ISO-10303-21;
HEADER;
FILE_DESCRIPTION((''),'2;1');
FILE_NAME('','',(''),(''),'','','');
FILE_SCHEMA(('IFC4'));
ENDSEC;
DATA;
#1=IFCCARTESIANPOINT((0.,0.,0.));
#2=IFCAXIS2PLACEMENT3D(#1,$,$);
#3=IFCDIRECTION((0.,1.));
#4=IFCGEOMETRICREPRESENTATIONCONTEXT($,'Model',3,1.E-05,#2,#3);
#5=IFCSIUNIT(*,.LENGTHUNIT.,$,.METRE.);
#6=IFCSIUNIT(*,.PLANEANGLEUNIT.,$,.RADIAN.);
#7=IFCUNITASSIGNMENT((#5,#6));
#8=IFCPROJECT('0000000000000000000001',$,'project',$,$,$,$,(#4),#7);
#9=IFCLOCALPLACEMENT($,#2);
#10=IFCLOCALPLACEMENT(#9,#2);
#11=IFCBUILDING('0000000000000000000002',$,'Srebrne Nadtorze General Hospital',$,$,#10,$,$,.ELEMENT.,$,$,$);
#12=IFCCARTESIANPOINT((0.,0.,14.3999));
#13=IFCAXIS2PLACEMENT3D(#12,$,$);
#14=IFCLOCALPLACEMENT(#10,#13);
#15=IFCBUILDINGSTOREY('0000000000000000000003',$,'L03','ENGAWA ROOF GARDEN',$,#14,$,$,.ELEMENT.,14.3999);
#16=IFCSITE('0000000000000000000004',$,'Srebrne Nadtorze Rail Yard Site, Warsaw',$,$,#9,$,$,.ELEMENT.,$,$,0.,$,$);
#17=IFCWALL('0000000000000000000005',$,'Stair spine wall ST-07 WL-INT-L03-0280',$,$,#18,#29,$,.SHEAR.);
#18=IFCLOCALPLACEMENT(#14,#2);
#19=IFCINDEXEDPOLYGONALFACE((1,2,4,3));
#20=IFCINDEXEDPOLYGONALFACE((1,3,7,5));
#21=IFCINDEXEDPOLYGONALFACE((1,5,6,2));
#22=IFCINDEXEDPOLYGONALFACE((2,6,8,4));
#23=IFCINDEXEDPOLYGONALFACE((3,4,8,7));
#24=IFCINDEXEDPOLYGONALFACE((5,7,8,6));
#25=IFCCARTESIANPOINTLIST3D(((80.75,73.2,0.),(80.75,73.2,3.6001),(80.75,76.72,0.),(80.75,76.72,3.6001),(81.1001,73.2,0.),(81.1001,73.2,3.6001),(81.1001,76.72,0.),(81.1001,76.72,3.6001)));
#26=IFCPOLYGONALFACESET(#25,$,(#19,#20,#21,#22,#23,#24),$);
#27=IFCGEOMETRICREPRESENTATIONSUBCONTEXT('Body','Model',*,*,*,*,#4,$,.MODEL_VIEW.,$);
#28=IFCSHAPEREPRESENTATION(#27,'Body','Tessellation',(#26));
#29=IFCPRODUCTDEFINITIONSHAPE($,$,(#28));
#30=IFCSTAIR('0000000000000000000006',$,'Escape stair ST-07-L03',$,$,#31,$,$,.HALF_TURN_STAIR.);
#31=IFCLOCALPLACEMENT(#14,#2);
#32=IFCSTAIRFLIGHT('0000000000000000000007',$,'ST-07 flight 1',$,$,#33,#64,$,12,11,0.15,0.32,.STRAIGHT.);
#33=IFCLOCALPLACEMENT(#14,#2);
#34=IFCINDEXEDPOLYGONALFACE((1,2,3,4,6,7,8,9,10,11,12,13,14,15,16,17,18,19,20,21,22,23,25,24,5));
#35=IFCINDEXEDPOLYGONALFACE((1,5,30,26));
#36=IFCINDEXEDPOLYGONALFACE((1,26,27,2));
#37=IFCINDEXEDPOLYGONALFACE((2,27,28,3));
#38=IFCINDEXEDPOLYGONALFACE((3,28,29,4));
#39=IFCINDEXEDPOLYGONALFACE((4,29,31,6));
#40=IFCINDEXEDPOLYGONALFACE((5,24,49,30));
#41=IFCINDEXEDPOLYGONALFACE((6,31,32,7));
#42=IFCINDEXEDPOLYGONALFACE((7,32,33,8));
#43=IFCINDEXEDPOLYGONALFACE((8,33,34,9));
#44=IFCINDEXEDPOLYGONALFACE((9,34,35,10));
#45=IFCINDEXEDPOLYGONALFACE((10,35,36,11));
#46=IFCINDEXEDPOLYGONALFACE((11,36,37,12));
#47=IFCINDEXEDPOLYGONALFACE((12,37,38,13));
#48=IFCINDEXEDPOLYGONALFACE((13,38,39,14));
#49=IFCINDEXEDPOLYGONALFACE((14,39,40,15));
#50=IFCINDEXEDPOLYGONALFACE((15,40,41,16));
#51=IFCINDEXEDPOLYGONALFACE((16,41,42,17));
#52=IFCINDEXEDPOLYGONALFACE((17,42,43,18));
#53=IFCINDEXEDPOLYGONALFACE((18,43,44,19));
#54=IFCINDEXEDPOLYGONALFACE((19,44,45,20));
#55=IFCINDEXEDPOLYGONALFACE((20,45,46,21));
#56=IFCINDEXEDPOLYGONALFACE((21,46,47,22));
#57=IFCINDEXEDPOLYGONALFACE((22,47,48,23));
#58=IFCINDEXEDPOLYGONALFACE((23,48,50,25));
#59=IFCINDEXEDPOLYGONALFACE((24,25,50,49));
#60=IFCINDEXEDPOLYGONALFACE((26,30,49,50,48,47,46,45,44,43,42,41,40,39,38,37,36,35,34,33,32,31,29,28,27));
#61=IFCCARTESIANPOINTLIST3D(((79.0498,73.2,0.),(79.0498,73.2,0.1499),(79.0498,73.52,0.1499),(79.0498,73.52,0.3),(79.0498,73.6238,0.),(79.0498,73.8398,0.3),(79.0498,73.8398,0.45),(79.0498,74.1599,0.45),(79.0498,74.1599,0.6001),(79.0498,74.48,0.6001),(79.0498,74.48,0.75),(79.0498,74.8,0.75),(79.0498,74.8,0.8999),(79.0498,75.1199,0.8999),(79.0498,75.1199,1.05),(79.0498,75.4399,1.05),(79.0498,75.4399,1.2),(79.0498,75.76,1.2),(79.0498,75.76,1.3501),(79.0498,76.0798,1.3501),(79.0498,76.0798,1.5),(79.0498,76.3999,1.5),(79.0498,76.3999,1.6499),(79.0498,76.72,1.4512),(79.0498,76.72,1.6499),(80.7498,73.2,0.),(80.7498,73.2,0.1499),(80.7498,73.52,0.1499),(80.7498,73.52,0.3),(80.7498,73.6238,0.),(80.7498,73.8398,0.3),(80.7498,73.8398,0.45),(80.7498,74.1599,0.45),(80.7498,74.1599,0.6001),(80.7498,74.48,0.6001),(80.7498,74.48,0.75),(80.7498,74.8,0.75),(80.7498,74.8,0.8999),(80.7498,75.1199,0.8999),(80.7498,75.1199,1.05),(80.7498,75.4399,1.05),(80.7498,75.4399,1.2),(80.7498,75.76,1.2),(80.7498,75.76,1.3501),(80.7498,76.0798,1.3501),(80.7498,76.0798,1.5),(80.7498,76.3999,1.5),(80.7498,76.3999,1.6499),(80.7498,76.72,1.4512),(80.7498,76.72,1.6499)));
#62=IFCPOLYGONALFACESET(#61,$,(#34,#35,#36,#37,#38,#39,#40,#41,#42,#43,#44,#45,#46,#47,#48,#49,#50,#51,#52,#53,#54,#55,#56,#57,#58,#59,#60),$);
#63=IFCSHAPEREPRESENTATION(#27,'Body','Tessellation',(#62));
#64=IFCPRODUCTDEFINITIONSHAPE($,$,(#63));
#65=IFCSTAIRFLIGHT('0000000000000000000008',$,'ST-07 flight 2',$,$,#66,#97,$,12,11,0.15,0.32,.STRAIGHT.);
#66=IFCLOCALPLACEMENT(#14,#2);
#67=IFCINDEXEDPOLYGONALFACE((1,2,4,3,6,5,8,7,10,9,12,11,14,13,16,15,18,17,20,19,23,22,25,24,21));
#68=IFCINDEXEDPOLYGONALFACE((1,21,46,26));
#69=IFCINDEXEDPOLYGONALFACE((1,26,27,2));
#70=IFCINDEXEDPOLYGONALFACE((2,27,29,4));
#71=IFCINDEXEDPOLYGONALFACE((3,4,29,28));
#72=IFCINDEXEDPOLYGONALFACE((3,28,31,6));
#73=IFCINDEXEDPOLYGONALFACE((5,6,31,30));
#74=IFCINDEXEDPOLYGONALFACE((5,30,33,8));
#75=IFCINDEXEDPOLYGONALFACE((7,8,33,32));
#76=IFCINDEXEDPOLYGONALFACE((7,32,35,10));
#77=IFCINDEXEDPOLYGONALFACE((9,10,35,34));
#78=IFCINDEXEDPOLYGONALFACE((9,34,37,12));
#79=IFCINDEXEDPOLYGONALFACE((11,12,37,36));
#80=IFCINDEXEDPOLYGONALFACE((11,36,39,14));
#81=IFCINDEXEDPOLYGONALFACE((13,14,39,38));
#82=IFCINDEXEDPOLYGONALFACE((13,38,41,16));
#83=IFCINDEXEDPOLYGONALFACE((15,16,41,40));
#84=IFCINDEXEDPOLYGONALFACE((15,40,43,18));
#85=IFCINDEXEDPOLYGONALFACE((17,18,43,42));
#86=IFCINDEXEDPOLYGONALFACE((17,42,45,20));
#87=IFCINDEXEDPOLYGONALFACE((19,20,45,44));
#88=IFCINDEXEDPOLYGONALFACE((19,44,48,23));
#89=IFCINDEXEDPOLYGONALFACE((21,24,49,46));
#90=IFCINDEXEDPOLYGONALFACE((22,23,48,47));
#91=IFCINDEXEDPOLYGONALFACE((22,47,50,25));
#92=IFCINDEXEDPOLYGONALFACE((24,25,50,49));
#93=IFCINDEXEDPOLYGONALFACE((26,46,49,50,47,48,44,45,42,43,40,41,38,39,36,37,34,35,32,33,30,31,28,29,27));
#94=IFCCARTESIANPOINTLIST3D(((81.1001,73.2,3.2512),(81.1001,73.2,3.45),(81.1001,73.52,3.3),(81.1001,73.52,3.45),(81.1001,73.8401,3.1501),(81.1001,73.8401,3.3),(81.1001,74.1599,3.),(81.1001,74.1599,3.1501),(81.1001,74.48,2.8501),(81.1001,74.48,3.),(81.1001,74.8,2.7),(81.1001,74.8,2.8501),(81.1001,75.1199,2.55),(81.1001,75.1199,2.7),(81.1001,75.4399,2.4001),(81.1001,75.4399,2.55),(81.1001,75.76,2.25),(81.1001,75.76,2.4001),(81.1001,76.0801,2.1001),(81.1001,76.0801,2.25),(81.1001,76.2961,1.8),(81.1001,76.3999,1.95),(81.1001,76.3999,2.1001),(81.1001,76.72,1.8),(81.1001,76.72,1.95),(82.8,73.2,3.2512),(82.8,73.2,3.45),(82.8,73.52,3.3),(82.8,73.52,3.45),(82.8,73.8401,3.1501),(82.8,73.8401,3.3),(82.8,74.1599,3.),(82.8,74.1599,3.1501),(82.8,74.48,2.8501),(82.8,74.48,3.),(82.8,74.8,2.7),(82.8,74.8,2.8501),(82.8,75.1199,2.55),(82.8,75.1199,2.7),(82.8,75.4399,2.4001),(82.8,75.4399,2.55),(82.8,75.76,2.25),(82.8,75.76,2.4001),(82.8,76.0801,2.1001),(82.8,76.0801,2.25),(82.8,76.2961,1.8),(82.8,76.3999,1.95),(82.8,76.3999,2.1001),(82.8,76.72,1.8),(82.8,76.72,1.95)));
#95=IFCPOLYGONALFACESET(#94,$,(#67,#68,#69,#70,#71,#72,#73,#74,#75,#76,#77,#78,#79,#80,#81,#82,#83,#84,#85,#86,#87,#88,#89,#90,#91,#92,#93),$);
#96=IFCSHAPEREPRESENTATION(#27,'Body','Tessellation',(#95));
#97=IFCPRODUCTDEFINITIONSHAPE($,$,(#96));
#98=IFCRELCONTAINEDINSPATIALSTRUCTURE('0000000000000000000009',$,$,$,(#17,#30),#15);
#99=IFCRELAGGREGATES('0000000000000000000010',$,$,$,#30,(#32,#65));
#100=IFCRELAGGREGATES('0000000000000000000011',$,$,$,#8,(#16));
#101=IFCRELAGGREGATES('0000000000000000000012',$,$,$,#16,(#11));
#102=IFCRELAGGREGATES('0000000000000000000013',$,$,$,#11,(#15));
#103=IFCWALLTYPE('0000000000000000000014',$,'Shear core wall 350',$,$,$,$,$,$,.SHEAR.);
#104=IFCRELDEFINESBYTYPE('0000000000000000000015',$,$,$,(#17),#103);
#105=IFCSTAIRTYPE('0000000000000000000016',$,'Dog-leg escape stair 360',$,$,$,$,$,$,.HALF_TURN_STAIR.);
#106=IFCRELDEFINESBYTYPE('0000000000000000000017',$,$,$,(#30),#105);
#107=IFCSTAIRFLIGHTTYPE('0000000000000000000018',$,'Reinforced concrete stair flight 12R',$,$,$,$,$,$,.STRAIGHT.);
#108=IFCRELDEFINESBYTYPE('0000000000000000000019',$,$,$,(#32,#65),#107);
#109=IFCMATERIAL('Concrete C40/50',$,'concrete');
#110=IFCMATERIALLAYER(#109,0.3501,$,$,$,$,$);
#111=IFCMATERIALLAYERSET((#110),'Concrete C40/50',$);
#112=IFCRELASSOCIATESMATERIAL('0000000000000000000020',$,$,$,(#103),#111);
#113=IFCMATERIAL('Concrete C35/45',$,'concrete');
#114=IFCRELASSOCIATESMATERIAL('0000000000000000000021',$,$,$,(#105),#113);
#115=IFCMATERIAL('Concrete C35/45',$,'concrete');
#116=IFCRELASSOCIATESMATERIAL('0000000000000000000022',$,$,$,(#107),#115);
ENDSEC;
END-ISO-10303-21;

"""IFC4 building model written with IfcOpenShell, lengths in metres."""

from ifc_helpers import new_model, si_unit, direction, frame, frame_2d, origin, place, context, subcontext, project, spatial, polyline, rectangle, outline, extrude, material, layer, layer_set, type_object, element, aggregate, save


model = new_model("IFC4")

# Units and contexts
model_context = context("Model", 3, precision=1e-05, world=origin(), true_north=direction((0.0, 1.0)))
body_context = subcontext(model_context, "Body", "Model", "MODEL_VIEW")
ifc_project = project(units=[si_unit("LENGTHUNIT", "METRE"), si_unit("PLANEANGLEUNIT", "RADIAN")], contexts=[model_context])

# Site, building, storey
site_placement = place(None, origin())
site = spatial("IfcSite", under=ifc_project, at=site_placement, Name="Srebrne Nadtorze Rail Yard Site, Warsaw", CompositionType="ELEMENT", RefElevation=0.0)
building_placement = place(site_placement, origin())
building = spatial("IfcBuilding", under=site, at=building_placement, Name="Srebrne Nadtorze General Hospital", CompositionType="ELEMENT")
storey_placement = place(building_placement, frame((0.0, 0.0, 14.3999)))
storey = spatial("IfcBuildingStorey", under=building, at=storey_placement, Name="L03", Description="ENGAWA ROOF GARDEN", CompositionType="ELEMENT", Elevation=14.3999)

# Shared definitions
ifc_material_1 = material(Name="Concrete C40/50", Category="concrete")
ifc_layer = layer(ifc_material_1, 0.3501)
ifc_layer_set = layer_set([ifc_layer], Name="Concrete C40/50")
wall_type = type_object("IfcWallType", Name="Shear core wall 350", PredefinedType="SHEAR", material=ifc_layer_set)

# Wall
wall_1_placement = place(storey_placement, frame((80.925, 73.2, 0.0), z_axis=(0.0, 0.0, 1.0), x_axis=(0.0, 1.0, 0.0)))
element("IfcWall", 1, at=wall_1_placement, inside=storey, type_object=wall_type, Name="Stair spine wall ST-07 WL-INT-L03-0280", PredefinedType="SHEAR", context=body_context, shape_type="SweptSolid", body=[
    extrude(rectangle(XDim=3.52, YDim=0.3501, at=frame_2d((1.76, 0.0))), origin(), (0.0, 0.0, 1.0), 3.6001),
])

# Stair, stair flights
ifc_material_2 = material(Name="Concrete C35/45", Category="concrete")
stair_type = type_object("IfcStairType", Name="Dog-leg escape stair 360", PredefinedType="HALF_TURN_STAIR", material=ifc_material_2)
stair_placement = place(storey_placement, origin())
stair = element("IfcStair", 2, at=stair_placement, inside=storey, type_object=stair_type, Name="Escape stair ST-07-L03", PredefinedType="HALF_TURN_STAIR")
ifc_material_3 = material(Name="Concrete C35/45", Category="concrete")
stair_flight_type = type_object("IfcStairFlightType", Name="Reinforced concrete stair flight 12R", PredefinedType="STRAIGHT", material=ifc_material_3)
stair_flight_1_placement = place(storey_placement, frame((79.8999, 73.2, 0.0), z_axis=(0.0, 0.0, 1.0), x_axis=(0.0, 1.0, 0.0)))
stair_flight_1 = element("IfcStairFlight", 3, at=stair_flight_1_placement, type_object=stair_flight_type, Name="ST-07 flight 1", NumberOfRisers=12, NumberOfTreads=11, PredefinedType="STRAIGHT", RiserHeight=0.15, TreadLength=0.32, context=body_context, shape_type="SweptSolid", body=[
    extrude(outline(polyline([(0.0, 0.0), (0.0, 0.1499), (0.3201, 0.1499), (0.3201, 0.3), (0.6399, 0.3), (0.6399, 0.45), (0.96, 0.45), (0.96, 0.6001), (1.28, 0.6001), (1.28, 0.75), (1.6001, 0.75), (1.6001, 0.8999), (1.9199, 0.8999), (1.9199, 1.05), (2.24, 1.05), (2.24, 1.2), (2.5601, 1.2), (2.5601, 1.3501), (2.8799, 1.3501), (2.8799, 1.5), (3.2, 1.5), (3.2, 1.6499), (3.52, 1.6499), (3.52, 1.8), (3.52, 1.4512), (0.4238, 0.0), (0.0, 0.0)])), frame((0.0, 0.8501, 0.0), z_axis=(0.0, -1.0, 0.0), x_axis=(1.0, 0.0, 0.0)), (0.0, 0.0, 1.0), 1.7),
])
stair_flight_2_placement = place(storey_placement, frame((81.95, 76.72, 1.8), z_axis=(0.0, 0.0, 1.0), x_axis=(0.0, -1.0, 0.0)))
stair_flight_2 = element("IfcStairFlight", 4, at=stair_flight_2_placement, type_object=stair_flight_type, Name="ST-07 flight 2", NumberOfRisers=12, NumberOfTreads=11, PredefinedType="STRAIGHT", RiserHeight=0.15, TreadLength=0.32, context=body_context, shape_type="SweptSolid", body=[
    extrude(outline(polyline([(0.0, 0.0), (0.0, 0.1499), (0.3201, 0.1499), (0.3201, 0.3), (0.6399, 0.3), (0.6399, 0.45), (0.96, 0.45), (0.96, 0.6001), (1.28, 0.6001), (1.28, 0.75), (1.6001, 0.75), (1.6001, 0.8999), (1.9199, 0.8999), (1.9199, 1.05), (2.24, 1.05), (2.24, 1.2), (2.5601, 1.2), (2.5601, 1.3501), (2.8799, 1.3501), (2.8799, 1.5), (3.2, 1.5), (3.2, 1.6499), (3.52, 1.6499), (3.52, 1.8), (3.52, 1.4512), (0.4238, 0.0), (0.0, 0.0)])), frame((0.0, 0.8501, 0.0), z_axis=(0.0, -1.0, 0.0), x_axis=(1.0, 0.0, 0.0)), (0.0, 0.0, 1.0), 1.7),
])
aggregate(stair, [stair_flight_1, stair_flight_2])

save(model, "model.ifc")
